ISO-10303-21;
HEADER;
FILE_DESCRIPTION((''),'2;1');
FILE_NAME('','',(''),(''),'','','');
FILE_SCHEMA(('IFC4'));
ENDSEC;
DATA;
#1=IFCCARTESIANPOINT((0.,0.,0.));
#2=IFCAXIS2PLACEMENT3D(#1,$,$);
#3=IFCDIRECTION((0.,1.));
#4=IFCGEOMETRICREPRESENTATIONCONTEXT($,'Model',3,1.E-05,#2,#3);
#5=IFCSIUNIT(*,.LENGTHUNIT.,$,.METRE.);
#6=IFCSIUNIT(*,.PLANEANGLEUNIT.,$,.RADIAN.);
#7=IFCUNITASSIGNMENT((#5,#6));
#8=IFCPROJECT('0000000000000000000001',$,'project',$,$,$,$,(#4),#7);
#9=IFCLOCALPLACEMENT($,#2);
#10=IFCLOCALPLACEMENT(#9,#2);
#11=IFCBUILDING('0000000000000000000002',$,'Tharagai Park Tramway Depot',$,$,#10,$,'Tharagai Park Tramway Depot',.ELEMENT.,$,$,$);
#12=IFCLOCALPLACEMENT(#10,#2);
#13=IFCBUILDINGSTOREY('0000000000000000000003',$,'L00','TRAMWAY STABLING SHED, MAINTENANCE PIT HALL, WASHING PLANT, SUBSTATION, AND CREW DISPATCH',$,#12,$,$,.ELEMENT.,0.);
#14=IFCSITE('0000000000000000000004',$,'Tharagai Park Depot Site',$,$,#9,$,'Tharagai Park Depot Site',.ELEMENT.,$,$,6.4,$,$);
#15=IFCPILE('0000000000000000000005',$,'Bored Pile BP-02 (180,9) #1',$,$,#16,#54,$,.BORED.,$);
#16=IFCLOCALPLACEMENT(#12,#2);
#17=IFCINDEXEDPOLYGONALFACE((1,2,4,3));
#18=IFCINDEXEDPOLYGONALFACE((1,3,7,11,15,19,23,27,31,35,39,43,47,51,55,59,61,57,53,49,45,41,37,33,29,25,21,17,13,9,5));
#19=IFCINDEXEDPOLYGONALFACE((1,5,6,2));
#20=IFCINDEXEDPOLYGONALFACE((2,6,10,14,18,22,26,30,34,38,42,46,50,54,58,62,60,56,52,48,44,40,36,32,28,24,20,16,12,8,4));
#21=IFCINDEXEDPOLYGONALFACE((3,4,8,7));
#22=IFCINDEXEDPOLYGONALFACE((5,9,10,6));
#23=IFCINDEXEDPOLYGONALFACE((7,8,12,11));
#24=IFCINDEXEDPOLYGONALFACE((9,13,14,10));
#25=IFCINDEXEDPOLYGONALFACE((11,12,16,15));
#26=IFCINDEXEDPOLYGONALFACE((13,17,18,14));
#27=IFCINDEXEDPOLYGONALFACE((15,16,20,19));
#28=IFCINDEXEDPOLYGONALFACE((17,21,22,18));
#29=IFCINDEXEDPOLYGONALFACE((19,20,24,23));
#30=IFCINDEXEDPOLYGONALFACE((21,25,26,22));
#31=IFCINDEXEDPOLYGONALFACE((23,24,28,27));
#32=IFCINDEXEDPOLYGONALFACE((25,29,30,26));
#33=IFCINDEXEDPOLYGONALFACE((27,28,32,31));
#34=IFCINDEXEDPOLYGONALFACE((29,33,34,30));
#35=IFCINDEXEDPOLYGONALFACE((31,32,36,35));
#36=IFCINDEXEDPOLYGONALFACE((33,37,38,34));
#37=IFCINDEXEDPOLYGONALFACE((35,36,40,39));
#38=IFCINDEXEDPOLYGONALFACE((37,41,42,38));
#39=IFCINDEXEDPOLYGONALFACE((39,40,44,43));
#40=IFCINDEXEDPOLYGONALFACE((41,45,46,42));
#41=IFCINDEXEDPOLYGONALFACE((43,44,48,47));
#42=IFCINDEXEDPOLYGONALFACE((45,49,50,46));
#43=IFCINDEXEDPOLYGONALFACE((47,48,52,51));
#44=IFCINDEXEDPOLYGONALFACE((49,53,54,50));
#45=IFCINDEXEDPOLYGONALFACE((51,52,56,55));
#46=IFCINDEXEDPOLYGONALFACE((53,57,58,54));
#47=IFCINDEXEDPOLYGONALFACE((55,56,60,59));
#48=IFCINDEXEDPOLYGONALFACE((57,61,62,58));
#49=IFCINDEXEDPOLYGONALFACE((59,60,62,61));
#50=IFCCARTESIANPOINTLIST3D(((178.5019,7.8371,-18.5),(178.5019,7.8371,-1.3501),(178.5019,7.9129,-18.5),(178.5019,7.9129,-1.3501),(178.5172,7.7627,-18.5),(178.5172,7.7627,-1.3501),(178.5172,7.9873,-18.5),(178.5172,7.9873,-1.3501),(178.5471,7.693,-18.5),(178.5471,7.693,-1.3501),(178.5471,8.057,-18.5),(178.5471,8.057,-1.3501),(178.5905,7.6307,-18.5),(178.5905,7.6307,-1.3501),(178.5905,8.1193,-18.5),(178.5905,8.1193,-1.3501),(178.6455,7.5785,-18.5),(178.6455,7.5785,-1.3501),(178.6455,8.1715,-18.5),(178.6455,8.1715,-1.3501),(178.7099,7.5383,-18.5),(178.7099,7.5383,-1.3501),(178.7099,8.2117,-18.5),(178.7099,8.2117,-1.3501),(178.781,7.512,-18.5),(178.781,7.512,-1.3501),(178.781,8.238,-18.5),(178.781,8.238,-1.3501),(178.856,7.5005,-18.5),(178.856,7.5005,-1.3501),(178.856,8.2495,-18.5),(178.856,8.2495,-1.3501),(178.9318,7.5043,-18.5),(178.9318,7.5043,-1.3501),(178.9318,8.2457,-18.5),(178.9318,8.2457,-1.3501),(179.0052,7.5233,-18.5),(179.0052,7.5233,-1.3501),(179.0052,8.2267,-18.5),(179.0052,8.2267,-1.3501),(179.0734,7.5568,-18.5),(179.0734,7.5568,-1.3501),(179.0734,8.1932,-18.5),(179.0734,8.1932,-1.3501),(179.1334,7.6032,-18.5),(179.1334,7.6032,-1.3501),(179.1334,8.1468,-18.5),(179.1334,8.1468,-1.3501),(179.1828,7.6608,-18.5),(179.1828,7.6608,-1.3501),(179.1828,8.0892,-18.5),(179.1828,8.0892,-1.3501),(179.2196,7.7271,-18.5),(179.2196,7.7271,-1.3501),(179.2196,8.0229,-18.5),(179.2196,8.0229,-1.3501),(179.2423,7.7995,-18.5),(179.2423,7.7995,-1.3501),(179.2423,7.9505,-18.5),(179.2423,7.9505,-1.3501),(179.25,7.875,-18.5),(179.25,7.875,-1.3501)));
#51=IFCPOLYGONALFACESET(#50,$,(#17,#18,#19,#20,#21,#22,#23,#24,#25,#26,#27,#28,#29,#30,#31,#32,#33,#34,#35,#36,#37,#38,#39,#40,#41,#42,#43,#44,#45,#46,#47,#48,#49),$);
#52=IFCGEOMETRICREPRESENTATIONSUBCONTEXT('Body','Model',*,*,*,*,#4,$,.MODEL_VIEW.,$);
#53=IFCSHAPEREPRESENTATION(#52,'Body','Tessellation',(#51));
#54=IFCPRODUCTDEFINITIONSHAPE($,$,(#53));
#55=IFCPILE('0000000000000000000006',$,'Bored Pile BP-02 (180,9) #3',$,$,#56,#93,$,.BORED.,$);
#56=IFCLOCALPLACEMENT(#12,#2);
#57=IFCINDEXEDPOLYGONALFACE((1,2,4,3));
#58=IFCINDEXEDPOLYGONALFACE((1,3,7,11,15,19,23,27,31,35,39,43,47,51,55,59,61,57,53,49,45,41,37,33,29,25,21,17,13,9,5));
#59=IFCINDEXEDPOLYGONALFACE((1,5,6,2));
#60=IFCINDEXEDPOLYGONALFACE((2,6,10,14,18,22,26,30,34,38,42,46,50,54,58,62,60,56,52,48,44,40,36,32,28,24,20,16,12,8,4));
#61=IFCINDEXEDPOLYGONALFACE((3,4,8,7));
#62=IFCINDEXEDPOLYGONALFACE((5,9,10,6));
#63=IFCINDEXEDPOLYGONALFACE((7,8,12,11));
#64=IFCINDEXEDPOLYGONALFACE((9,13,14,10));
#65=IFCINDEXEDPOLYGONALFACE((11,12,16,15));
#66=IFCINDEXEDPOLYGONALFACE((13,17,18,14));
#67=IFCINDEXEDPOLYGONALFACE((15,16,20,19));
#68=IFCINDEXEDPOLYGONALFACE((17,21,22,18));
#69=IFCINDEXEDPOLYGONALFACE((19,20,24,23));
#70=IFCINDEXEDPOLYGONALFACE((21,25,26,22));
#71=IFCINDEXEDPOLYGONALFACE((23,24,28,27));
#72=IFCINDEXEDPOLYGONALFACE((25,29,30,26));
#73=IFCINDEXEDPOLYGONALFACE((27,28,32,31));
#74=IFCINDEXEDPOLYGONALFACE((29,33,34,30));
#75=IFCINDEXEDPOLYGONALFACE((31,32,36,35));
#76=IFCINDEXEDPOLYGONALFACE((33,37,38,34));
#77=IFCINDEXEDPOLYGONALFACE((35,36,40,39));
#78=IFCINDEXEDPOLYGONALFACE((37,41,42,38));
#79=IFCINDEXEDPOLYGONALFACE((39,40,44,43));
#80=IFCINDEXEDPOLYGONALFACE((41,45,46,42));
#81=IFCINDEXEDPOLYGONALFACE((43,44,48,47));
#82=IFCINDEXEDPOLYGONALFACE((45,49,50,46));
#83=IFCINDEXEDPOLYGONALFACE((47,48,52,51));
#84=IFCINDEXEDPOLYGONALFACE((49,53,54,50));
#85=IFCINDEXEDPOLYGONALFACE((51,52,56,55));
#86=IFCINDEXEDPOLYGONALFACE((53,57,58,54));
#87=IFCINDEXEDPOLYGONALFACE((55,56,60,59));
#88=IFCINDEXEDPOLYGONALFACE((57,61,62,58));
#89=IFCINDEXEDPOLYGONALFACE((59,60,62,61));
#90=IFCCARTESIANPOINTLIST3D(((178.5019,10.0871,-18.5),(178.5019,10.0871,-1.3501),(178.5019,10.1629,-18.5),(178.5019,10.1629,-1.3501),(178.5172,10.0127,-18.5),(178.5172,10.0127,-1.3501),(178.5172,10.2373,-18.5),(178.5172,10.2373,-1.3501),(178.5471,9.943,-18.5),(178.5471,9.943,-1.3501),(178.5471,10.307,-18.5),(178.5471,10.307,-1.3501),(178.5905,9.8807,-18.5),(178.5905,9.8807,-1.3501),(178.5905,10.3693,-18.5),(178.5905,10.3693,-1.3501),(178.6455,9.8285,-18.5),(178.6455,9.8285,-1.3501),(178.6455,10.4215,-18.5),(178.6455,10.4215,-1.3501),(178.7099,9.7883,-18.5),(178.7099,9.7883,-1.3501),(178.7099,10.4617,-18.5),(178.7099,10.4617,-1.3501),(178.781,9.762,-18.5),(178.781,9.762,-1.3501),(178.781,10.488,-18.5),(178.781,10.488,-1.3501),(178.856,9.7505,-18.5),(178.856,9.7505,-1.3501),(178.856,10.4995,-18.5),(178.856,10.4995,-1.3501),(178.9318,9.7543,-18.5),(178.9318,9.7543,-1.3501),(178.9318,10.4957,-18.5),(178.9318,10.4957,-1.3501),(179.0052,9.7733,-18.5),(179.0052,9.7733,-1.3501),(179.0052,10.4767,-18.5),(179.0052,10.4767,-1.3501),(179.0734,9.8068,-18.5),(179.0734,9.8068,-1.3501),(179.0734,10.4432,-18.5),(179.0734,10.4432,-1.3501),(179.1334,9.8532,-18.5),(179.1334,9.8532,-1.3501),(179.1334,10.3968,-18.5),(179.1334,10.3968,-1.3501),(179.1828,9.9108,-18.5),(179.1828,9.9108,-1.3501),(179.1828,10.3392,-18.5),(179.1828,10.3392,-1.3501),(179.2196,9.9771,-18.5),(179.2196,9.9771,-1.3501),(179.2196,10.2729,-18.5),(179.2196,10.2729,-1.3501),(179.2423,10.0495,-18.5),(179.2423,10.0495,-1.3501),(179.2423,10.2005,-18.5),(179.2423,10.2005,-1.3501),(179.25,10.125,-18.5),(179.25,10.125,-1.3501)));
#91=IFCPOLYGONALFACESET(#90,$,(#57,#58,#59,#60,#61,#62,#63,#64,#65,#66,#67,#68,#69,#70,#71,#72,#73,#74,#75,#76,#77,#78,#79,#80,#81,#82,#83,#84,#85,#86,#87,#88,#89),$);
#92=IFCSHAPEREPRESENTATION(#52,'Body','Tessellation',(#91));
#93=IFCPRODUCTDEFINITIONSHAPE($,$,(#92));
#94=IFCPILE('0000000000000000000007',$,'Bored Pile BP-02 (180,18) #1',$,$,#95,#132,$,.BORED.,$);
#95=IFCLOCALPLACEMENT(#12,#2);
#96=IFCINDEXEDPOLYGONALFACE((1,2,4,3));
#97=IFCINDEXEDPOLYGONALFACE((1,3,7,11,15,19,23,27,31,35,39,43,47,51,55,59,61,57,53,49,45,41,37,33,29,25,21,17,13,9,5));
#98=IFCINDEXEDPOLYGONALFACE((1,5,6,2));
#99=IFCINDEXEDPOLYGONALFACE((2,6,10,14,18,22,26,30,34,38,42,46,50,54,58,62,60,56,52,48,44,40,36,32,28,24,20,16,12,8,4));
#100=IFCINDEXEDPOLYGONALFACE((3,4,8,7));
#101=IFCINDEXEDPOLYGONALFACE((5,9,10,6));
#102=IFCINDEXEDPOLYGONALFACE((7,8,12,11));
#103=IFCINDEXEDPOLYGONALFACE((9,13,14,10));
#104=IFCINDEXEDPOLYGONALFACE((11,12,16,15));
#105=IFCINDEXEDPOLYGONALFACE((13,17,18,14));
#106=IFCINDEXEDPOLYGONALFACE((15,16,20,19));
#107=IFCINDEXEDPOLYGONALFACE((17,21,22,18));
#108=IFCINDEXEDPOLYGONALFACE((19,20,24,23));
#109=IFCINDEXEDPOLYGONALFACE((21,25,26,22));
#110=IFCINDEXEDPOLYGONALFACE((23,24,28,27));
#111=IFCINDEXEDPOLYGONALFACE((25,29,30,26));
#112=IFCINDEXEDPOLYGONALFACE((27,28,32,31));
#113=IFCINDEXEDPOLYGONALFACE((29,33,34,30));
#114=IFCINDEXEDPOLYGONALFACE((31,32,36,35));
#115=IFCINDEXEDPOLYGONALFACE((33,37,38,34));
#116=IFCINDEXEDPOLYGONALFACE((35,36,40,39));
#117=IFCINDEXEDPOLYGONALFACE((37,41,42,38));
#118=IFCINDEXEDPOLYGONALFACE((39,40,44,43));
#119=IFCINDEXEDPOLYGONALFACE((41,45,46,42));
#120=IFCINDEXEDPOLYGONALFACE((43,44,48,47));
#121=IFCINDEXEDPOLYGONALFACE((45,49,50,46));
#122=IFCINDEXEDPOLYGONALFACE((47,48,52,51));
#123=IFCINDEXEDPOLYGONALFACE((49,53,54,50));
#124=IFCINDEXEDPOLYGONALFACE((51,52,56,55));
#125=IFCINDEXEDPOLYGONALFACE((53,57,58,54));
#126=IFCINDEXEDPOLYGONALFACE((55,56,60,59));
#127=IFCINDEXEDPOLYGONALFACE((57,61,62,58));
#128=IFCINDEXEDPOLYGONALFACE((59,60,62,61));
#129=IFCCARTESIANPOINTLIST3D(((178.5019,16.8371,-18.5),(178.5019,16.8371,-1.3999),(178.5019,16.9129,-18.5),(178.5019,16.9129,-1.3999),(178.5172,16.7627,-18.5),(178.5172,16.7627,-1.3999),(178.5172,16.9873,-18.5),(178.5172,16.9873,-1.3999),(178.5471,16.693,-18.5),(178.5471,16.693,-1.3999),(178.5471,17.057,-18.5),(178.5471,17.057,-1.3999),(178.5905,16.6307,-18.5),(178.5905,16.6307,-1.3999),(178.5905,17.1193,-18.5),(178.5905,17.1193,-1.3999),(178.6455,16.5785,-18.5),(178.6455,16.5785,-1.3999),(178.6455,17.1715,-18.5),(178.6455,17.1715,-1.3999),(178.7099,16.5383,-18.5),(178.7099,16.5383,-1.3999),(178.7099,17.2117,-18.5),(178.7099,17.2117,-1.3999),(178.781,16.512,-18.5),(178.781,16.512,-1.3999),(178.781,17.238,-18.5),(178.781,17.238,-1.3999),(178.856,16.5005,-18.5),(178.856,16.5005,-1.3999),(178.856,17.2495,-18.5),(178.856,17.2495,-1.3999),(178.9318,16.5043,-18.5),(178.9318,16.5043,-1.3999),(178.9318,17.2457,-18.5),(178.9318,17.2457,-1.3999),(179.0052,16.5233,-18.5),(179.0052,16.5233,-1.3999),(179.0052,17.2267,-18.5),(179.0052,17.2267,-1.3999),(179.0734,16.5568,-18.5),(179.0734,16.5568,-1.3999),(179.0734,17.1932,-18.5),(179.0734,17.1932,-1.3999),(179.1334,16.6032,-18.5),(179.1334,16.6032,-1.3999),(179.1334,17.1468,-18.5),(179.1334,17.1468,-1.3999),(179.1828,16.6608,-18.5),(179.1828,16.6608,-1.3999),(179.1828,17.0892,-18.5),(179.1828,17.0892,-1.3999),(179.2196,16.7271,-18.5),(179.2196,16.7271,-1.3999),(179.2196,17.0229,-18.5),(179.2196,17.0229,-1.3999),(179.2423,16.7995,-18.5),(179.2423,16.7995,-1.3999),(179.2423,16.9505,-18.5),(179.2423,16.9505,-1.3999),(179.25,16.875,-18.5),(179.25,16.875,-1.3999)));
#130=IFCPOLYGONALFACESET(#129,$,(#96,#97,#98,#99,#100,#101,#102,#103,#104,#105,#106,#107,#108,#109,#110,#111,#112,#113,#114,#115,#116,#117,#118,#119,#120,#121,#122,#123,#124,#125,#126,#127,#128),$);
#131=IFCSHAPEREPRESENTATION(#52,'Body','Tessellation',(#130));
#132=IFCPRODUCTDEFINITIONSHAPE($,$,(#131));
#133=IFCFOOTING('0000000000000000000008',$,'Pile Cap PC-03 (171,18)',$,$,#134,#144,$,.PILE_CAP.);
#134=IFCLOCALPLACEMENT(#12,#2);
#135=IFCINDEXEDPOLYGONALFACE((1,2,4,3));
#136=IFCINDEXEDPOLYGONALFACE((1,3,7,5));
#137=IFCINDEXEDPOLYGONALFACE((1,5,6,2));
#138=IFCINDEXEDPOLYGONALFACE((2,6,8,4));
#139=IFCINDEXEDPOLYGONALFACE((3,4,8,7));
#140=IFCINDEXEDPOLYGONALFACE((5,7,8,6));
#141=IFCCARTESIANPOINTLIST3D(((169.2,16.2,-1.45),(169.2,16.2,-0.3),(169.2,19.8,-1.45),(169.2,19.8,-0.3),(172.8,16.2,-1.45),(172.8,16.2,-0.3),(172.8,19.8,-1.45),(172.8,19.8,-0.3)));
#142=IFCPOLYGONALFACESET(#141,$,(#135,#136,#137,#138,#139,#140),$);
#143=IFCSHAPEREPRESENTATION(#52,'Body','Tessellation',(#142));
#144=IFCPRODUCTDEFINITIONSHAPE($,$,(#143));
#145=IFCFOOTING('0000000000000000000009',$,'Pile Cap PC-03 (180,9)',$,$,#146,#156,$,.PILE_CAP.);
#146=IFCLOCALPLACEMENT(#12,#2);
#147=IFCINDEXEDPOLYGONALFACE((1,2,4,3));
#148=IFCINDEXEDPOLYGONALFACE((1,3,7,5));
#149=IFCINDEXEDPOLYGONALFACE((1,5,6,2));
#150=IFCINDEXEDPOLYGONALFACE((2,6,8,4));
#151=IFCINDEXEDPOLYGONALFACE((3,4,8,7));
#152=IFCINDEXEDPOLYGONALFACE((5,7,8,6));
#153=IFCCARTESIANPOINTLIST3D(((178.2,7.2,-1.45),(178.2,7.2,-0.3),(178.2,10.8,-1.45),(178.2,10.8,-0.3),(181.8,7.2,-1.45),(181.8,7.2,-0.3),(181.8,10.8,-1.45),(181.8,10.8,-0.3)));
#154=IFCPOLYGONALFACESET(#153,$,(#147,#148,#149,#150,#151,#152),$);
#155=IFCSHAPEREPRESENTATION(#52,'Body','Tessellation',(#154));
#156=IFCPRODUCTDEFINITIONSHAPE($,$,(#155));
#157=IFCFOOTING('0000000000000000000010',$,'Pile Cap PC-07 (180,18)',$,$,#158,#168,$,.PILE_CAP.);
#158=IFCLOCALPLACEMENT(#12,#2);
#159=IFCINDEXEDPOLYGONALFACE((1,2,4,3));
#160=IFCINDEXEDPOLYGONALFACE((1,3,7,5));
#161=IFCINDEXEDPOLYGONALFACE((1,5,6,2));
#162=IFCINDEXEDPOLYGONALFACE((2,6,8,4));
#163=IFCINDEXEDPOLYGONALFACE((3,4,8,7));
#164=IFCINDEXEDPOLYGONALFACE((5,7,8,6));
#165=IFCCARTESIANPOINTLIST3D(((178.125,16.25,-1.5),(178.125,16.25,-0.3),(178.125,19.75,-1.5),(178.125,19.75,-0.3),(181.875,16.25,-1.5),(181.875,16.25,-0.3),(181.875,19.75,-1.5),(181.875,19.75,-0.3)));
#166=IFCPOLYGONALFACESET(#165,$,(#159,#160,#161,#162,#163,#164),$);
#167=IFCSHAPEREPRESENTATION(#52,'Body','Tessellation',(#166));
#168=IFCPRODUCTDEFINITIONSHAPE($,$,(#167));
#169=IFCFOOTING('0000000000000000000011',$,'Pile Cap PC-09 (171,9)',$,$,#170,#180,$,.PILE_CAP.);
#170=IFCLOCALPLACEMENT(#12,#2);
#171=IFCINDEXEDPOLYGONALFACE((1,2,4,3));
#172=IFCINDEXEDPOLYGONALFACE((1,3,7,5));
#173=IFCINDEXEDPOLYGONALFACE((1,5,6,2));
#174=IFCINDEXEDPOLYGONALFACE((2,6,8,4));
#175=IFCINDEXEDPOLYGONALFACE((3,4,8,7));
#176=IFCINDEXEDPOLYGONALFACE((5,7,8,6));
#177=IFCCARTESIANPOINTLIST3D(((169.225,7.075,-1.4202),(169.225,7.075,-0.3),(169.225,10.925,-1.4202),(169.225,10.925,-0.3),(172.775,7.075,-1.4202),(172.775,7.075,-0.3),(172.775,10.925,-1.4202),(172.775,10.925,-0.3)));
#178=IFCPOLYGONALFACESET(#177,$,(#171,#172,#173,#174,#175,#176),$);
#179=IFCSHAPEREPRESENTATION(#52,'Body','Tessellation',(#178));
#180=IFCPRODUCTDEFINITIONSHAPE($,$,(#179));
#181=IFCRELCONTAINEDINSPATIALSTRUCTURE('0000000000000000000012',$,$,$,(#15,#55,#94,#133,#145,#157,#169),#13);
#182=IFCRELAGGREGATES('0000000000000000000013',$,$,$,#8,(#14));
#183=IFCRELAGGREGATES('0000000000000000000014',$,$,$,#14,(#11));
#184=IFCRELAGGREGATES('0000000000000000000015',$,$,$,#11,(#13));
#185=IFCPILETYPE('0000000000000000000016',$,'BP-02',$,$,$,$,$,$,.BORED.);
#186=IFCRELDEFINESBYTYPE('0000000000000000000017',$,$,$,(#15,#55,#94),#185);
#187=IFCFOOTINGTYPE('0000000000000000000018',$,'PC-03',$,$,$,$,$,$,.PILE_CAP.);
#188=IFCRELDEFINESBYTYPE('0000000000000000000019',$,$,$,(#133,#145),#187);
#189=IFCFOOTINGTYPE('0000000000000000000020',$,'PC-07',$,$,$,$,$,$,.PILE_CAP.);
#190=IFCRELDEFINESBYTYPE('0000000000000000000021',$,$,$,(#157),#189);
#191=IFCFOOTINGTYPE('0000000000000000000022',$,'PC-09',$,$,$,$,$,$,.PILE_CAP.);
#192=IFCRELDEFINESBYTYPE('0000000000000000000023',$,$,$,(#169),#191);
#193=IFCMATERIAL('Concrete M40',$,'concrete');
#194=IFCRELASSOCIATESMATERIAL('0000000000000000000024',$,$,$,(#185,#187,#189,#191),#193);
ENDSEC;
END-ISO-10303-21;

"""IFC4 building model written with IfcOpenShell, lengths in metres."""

from ifc_helpers import new_model, si_unit, direction, frame, origin, origin_2d, place, context, subcontext, project, spatial, rectangle, circle, extrude, material, material_profile, profile_set, type_object, element, save


model = new_model("IFC4")

# Units and contexts
model_context = context("Model", 3, precision=1e-05, world=origin(), true_north=direction((0.0, 1.0)))
body_context = subcontext(model_context, "Body", "Model", "MODEL_VIEW")
ifc_project = project(units=[si_unit("LENGTHUNIT", "METRE"), si_unit("PLANEANGLEUNIT", "RADIAN")], contexts=[model_context])

# Site, building, storey
site_placement = place(None, origin())
site = spatial("IfcSite", under=ifc_project, at=site_placement, Name="Tharagai Park Depot Site", LongName="Tharagai Park Depot Site", CompositionType="ELEMENT", RefElevation=6.4)
building_placement = place(site_placement, origin())
building = spatial("IfcBuilding", under=site, at=building_placement, Name="Tharagai Park Tramway Depot", LongName="Tharagai Park Tramway Depot", CompositionType="ELEMENT")
storey_placement = place(building_placement, origin())
storey = spatial("IfcBuildingStorey", under=building, at=storey_placement, Name="L00", Description="TRAMWAY STABLING SHED, MAINTENANCE PIT HALL, WASHING PLANT, SUBSTATION, AND CREW DISPATCH", CompositionType="ELEMENT", Elevation=0.0)

# Piles
ifc_material_1 = material(Name="Concrete M40", Category="concrete")
ifc_material_profile_1 = material_profile(ifc_material_1, circle(Radius=0.375, at=origin_2d()), Name="PILE D750")
ifc_profile_set_1 = profile_set([ifc_material_profile_1], Name="Concrete M40")
pile_type = type_object("IfcPileType", Name="BP-02", PredefinedType="BORED", material=ifc_profile_set_1)
for number, where, z_axis, x_axis, name in (
    (1, (178.875, 7.875, -1.3501), (0.0, 0.0, -1.0), (1.0, 0.0, 0.0), "Bored Pile BP-02 (180,9) #1"),
    (2, (178.875, 10.125, -1.3501), (0.0, 0.0, -1.0), (1.0, 0.0, 0.0), "Bored Pile BP-02 (180,9) #3"),
):
    element("IfcPile", number, at=place(storey_placement, frame(where, z_axis=z_axis, x_axis=x_axis)), inside=storey, type_object=pile_type, Name=name, PredefinedType="BORED", context=body_context, shape_type="SweptSolid", body=[
        extrude(circle(Radius=0.375, at=origin_2d()), origin(), (0.0, 0.0, 1.0), 17.1499),
    ])
pile_1_placement = place(storey_placement, frame((178.875, 16.875, -1.3999), z_axis=(0.0, 0.0, -1.0), x_axis=(1.0, 0.0, 0.0)))
element("IfcPile", 3, at=pile_1_placement, inside=storey, type_object=pile_type, Name="Bored Pile BP-02 (180,18) #1", PredefinedType="BORED", context=body_context, shape_type="SweptSolid", body=[
    extrude(circle(Radius=0.375, at=origin_2d()), origin(), (0.0, 0.0, 1.0), 17.1001),
])

# Footings
footing_type_1 = type_object("IfcFootingType", Name="PC-03", PredefinedType="PILE_CAP", material=ifc_material_1)
for number, where, z_axis, x_axis, name in (
    (4, (171.0, 18.0, -1.45), (0.0, 0.0, 1.0), (1.0, 0.0, 0.0), "Pile Cap PC-03 (171,18)"),
    (5, (180.0, 9.0, -1.45), (0.0, 0.0, 1.0), (1.0, 0.0, 0.0), "Pile Cap PC-03 (180,9)"),
):
    element("IfcFooting", number, at=place(storey_placement, frame(where, z_axis=z_axis, x_axis=x_axis)), inside=storey, type_object=footing_type_1, Name=name, PredefinedType="PILE_CAP", context=body_context, shape_type="SweptSolid", body=[
        extrude(rectangle(XDim=3.6001, YDim=3.6001, at=origin_2d()), origin(), (0.0, 0.0, 1.0), 1.1499),
    ])
footing_type_2 = type_object("IfcFootingType", Name="PC-07", PredefinedType="PILE_CAP", material=ifc_material_1)
footing_1_placement = place(storey_placement, frame((180.0, 18.0, -1.5), z_axis=(0.0, 0.0, 1.0), x_axis=(1.0, 0.0, 0.0)))
element("IfcFooting", 6, at=footing_1_placement, inside=storey, type_object=footing_type_2, Name="Pile Cap PC-07 (180,18)", PredefinedType="PILE_CAP", context=body_context, shape_type="SweptSolid", body=[
    extrude(rectangle(XDim=3.75, YDim=3.5, at=origin_2d()), origin(), (0.0, 0.0, 1.0), 1.2),
])
footing_type_3 = type_object("IfcFootingType", Name="PC-09", PredefinedType="PILE_CAP", material=ifc_material_1)
footing_2_placement = place(storey_placement, frame((171.0, 9.0, -1.4202), z_axis=(0.0, 0.0, 1.0), x_axis=(1.0, 0.0, 0.0)))
element("IfcFooting", 7, at=footing_2_placement, inside=storey, type_object=footing_type_3, Name="Pile Cap PC-09 (171,9)", PredefinedType="PILE_CAP", context=body_context, shape_type="SweptSolid", body=[
    extrude(rectangle(XDim=3.55, YDim=3.8501, at=origin_2d()), origin(), (0.0, 0.0, 1.0), 1.1201),
])

save(model, "model.ifc")
